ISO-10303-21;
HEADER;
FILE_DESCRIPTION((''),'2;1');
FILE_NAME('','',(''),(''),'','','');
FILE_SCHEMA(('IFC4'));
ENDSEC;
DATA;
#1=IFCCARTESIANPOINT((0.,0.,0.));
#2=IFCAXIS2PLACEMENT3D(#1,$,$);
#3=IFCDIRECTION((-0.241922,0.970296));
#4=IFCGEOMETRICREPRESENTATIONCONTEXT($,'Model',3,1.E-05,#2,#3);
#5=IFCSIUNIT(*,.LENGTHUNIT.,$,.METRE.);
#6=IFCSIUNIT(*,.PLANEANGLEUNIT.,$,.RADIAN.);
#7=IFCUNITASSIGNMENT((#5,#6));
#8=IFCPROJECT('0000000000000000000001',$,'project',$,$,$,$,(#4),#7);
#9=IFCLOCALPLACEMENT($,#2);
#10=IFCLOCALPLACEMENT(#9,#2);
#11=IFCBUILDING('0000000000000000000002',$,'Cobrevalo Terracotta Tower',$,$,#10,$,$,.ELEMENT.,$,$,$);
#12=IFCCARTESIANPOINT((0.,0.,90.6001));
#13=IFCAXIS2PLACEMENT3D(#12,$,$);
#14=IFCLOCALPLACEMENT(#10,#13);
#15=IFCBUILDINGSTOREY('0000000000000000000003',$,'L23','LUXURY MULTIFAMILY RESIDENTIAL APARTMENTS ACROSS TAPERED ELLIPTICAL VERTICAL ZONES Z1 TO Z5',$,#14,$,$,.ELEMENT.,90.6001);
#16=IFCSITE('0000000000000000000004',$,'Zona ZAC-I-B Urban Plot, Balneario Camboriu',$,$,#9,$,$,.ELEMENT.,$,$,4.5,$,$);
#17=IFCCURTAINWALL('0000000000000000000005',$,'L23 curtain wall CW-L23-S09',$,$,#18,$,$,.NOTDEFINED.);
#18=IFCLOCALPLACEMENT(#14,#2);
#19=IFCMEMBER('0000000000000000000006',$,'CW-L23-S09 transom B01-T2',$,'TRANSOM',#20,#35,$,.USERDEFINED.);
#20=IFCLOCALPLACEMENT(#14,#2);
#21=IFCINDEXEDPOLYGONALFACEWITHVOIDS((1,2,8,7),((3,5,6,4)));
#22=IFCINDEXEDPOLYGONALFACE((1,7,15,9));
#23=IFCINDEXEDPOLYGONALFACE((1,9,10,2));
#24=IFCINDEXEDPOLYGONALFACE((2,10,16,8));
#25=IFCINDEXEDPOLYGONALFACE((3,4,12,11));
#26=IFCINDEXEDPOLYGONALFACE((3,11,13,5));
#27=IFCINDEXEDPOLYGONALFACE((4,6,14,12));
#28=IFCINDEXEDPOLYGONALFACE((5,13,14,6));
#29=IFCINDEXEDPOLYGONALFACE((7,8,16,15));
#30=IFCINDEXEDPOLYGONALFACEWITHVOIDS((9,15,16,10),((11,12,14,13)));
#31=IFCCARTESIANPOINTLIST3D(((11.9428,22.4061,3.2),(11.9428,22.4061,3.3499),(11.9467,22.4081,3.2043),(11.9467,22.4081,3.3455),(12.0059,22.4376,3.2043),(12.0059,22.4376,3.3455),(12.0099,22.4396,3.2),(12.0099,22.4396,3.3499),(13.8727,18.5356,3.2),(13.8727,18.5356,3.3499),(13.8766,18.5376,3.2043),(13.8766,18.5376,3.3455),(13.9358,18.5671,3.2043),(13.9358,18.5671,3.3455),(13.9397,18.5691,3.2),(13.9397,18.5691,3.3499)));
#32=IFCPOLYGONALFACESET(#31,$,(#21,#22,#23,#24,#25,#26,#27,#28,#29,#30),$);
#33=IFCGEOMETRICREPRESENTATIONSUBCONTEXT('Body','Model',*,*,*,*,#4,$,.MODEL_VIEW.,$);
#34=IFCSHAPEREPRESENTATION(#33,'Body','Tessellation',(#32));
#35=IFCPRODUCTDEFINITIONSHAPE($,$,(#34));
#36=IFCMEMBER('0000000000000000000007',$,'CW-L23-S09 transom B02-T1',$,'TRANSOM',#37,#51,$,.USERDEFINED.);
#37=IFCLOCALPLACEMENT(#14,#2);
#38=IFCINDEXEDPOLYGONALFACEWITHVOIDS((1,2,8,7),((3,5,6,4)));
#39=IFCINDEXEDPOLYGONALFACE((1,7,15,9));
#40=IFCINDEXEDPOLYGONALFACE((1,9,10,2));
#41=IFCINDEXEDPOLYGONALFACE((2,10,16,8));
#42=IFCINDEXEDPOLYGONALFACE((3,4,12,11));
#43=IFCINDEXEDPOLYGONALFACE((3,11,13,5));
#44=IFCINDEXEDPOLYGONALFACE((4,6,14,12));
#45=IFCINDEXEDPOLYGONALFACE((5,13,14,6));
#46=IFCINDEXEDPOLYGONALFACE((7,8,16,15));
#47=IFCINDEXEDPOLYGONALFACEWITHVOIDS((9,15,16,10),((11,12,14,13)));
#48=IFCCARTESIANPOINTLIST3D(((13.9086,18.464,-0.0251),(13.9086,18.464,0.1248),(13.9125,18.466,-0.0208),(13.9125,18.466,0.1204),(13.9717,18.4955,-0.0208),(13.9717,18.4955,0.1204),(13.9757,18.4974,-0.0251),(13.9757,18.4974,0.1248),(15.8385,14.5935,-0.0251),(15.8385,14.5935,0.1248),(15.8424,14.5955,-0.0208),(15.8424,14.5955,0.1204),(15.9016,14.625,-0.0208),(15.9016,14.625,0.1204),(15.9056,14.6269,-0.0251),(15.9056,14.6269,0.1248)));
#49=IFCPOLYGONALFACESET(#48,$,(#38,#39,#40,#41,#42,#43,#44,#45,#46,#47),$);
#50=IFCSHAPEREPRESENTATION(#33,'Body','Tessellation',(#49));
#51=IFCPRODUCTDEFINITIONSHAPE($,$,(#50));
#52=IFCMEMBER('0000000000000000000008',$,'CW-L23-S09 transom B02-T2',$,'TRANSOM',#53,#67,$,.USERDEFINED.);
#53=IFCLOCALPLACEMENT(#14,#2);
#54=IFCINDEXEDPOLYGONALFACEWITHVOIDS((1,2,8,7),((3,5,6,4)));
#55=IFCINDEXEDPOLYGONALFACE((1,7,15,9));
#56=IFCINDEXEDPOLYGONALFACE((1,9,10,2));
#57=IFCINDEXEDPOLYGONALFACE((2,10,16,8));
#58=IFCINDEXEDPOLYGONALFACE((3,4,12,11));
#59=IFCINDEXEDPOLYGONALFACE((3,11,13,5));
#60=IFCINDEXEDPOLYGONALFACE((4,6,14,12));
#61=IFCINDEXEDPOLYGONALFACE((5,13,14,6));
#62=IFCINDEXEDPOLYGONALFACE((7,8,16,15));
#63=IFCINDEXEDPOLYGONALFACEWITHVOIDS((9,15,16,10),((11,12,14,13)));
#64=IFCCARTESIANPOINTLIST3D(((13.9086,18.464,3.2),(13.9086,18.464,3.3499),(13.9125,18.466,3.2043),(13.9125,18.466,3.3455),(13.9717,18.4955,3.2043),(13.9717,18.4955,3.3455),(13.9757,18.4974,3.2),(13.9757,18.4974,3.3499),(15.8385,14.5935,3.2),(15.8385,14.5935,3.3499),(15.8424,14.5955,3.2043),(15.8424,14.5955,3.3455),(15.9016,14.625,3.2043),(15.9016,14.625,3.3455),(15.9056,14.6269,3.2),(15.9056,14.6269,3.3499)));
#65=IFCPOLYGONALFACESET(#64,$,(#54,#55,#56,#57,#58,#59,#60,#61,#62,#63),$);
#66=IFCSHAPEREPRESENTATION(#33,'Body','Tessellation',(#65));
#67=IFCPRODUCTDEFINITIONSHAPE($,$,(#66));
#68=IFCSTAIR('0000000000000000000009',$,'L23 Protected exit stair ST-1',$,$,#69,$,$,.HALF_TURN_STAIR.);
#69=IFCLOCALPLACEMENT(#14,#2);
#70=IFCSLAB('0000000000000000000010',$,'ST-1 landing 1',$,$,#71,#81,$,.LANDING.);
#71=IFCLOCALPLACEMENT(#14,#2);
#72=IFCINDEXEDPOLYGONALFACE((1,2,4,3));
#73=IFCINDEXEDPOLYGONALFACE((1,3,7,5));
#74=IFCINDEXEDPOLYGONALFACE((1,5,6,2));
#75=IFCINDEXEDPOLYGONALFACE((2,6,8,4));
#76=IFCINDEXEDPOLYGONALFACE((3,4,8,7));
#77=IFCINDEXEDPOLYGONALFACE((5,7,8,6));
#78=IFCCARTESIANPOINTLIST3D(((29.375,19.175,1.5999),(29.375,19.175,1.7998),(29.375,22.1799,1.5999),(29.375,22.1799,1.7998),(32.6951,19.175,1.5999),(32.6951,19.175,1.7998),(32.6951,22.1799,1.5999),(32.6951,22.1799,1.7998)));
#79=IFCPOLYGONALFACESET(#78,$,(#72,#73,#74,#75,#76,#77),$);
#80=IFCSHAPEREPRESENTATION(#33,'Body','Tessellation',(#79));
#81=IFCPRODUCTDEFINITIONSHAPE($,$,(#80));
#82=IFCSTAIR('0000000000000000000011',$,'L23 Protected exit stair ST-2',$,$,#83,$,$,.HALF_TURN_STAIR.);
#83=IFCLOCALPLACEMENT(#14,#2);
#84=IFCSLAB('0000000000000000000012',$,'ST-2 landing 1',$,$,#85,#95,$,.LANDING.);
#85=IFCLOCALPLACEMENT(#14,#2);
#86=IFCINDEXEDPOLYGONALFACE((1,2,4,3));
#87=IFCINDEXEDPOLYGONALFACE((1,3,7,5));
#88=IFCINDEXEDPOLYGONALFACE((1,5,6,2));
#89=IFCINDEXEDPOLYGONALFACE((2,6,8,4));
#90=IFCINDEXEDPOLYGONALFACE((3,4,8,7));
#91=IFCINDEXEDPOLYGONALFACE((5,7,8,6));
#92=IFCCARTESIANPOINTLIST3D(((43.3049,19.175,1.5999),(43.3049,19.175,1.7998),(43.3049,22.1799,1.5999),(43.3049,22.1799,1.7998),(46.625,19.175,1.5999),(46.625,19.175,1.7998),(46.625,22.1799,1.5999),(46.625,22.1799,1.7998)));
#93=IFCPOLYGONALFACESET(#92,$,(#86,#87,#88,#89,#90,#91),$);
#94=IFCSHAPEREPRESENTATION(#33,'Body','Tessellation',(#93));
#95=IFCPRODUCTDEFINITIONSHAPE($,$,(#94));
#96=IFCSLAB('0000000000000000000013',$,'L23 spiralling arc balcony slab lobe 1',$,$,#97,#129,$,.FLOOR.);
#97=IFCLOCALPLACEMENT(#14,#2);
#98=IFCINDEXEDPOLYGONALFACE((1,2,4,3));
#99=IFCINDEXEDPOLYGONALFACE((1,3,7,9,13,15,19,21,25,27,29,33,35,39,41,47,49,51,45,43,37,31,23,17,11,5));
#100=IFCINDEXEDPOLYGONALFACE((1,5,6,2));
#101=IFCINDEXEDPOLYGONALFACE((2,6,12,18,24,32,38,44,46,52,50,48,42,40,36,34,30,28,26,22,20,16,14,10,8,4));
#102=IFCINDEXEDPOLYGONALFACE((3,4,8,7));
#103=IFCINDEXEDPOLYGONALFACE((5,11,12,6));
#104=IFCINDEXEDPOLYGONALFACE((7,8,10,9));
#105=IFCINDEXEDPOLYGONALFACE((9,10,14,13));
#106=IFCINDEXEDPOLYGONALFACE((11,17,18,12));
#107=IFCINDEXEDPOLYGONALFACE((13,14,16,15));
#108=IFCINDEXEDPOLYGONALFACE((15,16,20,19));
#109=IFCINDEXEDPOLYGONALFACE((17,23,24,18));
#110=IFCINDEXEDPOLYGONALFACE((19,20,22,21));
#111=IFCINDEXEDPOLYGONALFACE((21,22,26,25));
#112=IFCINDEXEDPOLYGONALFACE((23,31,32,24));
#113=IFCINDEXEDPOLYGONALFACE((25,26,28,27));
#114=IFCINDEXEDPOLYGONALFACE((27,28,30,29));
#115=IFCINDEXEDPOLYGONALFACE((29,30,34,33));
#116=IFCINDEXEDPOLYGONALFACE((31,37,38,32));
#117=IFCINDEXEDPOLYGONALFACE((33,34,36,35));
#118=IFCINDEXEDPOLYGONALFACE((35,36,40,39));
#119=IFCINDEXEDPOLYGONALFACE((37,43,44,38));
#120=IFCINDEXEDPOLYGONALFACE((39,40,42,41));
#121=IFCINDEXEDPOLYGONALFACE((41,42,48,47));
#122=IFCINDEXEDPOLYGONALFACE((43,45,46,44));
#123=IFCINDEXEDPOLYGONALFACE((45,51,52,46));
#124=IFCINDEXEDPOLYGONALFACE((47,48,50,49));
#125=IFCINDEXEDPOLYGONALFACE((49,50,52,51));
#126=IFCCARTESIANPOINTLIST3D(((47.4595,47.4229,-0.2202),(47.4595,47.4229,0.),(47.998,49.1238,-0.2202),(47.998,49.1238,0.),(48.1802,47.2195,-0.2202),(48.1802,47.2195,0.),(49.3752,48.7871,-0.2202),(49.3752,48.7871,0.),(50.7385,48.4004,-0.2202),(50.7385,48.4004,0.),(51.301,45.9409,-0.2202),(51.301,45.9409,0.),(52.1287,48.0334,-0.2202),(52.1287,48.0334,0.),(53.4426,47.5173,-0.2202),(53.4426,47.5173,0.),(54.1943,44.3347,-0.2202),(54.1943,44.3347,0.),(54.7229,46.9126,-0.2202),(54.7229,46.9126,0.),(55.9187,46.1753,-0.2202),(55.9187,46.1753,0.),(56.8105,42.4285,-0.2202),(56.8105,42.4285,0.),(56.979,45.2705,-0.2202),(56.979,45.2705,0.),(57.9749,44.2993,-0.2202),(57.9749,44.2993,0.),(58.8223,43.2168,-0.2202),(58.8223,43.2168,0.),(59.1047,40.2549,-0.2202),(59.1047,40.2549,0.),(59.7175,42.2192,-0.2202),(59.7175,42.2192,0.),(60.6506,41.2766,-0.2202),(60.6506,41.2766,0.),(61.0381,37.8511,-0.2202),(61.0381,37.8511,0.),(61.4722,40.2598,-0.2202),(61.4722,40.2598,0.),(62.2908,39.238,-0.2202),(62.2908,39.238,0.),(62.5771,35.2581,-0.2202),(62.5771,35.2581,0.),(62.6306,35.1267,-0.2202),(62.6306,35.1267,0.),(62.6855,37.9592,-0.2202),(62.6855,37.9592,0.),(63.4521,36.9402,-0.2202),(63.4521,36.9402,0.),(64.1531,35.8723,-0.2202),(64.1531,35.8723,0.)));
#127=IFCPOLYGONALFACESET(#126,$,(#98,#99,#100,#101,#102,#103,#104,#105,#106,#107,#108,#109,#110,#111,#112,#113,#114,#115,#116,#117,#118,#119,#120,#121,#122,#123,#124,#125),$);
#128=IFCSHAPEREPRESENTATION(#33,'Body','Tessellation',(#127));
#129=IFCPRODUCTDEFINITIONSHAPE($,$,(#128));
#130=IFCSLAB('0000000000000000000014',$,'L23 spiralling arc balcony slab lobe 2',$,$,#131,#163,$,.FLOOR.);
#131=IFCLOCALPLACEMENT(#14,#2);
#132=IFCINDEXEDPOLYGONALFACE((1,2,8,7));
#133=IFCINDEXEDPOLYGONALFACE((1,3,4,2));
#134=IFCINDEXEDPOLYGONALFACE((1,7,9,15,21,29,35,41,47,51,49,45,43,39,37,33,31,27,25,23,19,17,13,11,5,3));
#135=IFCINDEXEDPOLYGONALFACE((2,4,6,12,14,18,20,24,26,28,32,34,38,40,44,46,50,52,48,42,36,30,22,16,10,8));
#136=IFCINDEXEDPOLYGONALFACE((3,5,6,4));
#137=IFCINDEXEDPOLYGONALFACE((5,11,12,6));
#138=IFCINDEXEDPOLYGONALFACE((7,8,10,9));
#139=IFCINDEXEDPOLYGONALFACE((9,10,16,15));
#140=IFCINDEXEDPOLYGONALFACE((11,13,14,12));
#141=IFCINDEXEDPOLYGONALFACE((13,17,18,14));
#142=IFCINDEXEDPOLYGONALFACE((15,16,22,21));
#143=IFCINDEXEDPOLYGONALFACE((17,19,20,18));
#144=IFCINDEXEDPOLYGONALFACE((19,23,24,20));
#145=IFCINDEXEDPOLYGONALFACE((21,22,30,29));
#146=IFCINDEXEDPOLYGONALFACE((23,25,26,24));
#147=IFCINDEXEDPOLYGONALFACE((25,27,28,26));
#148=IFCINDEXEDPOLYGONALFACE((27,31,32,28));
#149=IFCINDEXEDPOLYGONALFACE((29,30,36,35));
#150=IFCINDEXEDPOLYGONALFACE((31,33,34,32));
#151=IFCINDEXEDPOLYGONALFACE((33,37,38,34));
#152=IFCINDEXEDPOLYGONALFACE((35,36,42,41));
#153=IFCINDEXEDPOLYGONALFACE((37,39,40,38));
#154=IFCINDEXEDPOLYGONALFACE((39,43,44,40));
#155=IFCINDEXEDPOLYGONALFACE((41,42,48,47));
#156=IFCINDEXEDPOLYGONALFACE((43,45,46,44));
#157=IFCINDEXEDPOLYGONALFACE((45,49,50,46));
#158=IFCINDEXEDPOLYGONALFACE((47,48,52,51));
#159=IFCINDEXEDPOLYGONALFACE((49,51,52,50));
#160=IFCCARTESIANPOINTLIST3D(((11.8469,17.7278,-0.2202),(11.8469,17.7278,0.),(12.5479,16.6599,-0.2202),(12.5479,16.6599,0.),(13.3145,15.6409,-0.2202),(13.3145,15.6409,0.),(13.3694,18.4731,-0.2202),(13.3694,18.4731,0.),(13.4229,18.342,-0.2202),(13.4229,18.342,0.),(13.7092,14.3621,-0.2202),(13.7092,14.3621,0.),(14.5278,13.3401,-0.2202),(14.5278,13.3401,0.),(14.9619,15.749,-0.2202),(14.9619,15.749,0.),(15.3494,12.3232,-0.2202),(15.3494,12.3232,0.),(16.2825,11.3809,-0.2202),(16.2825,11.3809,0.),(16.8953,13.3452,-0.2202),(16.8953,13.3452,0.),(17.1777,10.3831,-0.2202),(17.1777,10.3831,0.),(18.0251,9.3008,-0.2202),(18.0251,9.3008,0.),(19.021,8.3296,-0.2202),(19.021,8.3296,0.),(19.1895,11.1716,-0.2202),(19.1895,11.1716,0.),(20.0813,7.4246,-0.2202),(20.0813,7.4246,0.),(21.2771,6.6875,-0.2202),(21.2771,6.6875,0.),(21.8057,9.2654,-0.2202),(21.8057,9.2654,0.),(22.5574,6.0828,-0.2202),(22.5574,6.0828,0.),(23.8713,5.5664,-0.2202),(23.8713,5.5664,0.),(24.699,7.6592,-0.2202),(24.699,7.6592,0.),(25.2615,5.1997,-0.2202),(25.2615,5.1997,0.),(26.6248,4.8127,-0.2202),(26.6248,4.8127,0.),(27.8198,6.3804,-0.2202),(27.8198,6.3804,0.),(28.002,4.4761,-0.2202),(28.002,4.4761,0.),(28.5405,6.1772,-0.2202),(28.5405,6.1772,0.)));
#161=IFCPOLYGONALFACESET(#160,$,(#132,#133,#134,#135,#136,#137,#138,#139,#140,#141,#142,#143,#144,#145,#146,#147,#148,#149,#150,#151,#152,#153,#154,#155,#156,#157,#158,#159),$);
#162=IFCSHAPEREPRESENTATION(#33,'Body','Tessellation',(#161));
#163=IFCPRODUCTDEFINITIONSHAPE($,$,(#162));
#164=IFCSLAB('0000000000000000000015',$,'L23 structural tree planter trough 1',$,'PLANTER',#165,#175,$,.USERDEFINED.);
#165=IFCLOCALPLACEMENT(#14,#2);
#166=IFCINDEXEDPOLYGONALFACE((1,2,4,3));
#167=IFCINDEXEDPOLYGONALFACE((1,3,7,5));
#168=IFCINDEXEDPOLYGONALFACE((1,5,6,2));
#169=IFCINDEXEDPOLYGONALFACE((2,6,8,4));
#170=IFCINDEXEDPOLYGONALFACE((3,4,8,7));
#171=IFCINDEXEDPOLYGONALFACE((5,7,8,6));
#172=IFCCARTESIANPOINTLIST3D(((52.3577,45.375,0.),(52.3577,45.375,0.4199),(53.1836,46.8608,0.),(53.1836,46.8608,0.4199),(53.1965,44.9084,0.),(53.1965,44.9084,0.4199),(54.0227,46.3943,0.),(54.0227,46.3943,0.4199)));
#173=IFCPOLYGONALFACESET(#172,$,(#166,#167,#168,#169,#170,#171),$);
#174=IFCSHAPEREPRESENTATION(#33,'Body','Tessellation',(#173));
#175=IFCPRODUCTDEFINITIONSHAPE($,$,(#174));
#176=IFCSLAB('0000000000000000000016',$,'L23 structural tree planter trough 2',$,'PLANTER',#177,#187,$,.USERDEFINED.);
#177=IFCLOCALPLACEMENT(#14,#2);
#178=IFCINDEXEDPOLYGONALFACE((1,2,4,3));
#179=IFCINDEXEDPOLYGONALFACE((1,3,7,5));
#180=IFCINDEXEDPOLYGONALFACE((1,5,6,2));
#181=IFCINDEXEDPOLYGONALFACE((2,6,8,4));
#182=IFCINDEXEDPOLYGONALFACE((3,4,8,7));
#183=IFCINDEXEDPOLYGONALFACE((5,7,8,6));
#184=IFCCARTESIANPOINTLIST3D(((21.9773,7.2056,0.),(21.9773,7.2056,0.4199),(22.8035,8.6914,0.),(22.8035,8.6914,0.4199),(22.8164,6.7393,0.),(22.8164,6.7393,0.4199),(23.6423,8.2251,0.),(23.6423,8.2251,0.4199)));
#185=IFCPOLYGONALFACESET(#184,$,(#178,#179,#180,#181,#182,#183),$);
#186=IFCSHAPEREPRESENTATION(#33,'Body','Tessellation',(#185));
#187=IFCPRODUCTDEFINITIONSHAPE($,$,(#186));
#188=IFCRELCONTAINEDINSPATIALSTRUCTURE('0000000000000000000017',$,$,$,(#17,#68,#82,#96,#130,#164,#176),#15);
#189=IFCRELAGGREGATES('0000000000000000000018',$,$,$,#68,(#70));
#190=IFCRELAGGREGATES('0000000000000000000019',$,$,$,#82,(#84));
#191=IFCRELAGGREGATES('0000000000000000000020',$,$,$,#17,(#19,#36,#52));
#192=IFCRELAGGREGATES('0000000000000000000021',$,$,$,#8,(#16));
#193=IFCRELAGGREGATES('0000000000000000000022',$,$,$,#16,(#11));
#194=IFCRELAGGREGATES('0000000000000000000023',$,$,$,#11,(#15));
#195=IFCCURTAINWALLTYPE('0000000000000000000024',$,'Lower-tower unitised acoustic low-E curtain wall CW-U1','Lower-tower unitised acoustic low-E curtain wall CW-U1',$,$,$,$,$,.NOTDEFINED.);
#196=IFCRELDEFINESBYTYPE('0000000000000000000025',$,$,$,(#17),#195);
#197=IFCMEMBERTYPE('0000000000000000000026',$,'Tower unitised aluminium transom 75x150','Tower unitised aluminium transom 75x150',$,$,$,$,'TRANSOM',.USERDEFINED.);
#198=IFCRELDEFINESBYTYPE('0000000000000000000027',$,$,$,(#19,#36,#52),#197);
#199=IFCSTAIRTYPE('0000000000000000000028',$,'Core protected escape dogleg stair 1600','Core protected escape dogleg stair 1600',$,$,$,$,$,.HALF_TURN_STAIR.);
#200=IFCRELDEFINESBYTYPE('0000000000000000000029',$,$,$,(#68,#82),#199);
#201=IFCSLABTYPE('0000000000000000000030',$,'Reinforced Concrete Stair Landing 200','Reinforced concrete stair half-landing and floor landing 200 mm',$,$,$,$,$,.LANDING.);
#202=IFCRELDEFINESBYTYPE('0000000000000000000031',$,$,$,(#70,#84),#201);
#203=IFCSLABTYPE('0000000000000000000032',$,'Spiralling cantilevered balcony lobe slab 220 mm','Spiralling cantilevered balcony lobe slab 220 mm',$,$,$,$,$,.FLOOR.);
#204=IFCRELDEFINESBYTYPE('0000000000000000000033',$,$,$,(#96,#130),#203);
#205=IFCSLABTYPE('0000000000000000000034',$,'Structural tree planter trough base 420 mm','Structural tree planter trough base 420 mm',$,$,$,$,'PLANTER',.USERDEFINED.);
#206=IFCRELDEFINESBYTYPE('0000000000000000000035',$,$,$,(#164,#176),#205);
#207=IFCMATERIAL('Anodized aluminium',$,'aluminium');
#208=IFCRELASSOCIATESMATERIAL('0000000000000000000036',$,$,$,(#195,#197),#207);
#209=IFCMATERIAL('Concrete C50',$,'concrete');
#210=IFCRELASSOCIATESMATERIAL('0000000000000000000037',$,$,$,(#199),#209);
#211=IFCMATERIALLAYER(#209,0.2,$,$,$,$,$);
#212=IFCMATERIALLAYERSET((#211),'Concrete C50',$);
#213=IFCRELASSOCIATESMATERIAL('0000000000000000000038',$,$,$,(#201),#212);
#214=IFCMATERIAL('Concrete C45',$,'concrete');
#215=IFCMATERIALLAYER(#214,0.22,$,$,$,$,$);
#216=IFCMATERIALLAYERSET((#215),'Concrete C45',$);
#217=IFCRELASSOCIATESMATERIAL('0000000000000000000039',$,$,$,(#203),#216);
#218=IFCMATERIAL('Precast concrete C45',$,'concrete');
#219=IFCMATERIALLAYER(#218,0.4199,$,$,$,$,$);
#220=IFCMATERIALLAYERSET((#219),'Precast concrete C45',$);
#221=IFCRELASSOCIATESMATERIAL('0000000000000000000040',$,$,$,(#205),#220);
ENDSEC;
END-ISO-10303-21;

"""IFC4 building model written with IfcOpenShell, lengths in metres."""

from ifc_helpers import new_model, si_unit, direction, frame, origin, origin_2d, place, context, subcontext, project, spatial, polyline, hollow_rectangle, outline, extrude, source, transform, mapped, material, layer, layer_set, material_profile, profile_set, type_object, element, aggregate, save


model = new_model("IFC4")

# Units and contexts
model_context = context("Model", 3, precision=1e-05, world=origin(), true_north=direction((-0.241922, 0.970296)))
body_context = subcontext(model_context, "Body", "Model", "MODEL_VIEW")
ifc_project = project(units=[si_unit("LENGTHUNIT", "METRE"), si_unit("PLANEANGLEUNIT", "RADIAN")], contexts=[model_context])

# Site, building, storey
site_placement = place(None, origin())
site = spatial("IfcSite", under=ifc_project, at=site_placement, Name="Zona ZAC-I-B Urban Plot, Balneario Camboriu", CompositionType="ELEMENT", RefElevation=4.5)
building_placement = place(site_placement, origin())
building = spatial("IfcBuilding", under=site, at=building_placement, Name="Cobrevalo Terracotta Tower", CompositionType="ELEMENT")
storey_placement = place(building_placement, frame((0.0, 0.0, 90.6001)))
storey = spatial("IfcBuildingStorey", under=building, at=storey_placement, Name="L23", Description="LUXURY MULTIFAMILY RESIDENTIAL APARTMENTS ACROSS TAPERED ELLIPTICAL VERTICAL ZONES Z1 TO Z5", CompositionType="ELEMENT", Elevation=90.6001)

# Curtain wall, members
ifc_material_1 = material(Name="Anodized aluminium", Category="aluminium")
curtain_wall_type = type_object("IfcCurtainWallType", Name="Lower-tower unitised acoustic low-E curtain wall CW-U1", Description="Lower-tower unitised acoustic low-E curtain wall CW-U1", PredefinedType="NOTDEFINED", material=ifc_material_1)
curtain_wall_placement = place(storey_placement, origin())
curtain_wall = element("IfcCurtainWall", 1, at=curtain_wall_placement, inside=storey, type_object=curtain_wall_type, Name="L23 curtain wall CW-L23-S09", PredefinedType="NOTDEFINED")
ifc_material_profile_1 = material_profile(ifc_material_1, hollow_rectangle(XDim=0.075, YDim=0.1499, WallThickness=0.0044, at=origin_2d()), Name="CWT 75x150")
ifc_profile_set_1 = profile_set([ifc_material_profile_1], Name="Anodized aluminium")
member_type_1 = type_object("IfcMemberType", Name="Tower unitised aluminium transom 75x150", Description="Tower unitised aluminium transom 75x150", ElementType="TRANSOM", PredefinedType="USERDEFINED", material=ifc_profile_set_1)
shared_shape_1 = source(origin(), body_context, "Body", "SweptSolid", [
    extrude(hollow_rectangle(XDim=0.075, YDim=0.1499, WallThickness=0.0044, at=origin_2d()), origin(), (0.0, 0.0, 1.0), 4.325),
])
member_1_placement = place(storey_placement, frame((11.9763, 22.4229, 3.2749), z_axis=(0.44622, -0.894923, 0.0), x_axis=(0.894923, 0.44622, 0.0)))
member_1 = element("IfcMember", 2, at=member_1_placement, type_object=member_type_1, Name="CW-L23-S09 transom B01-T2", ObjectType="TRANSOM", PredefinedType="USERDEFINED", context=body_context, shape_type="MappedRepresentation", body=[
    mapped(shared_shape_1, transform((0.0, 0.0, 0.0), scale=1.0)),
])
member_2_placement = place(storey_placement, frame((13.9421, 18.4807, 0.0498), z_axis=(0.44622, -0.894923, 0.0), x_axis=(0.894923, 0.44622, 0.0)))
member_2 = element("IfcMember", 3, at=member_2_placement, type_object=member_type_1, Name="CW-L23-S09 transom B02-T1", ObjectType="TRANSOM", PredefinedType="USERDEFINED", context=body_context, shape_type="MappedRepresentation", body=[
    mapped(shared_shape_1, transform((0.0, 0.0, 0.0), scale=1.0)),
])
member_3_placement = place(storey_placement, frame((13.9421, 18.4807, 3.2749), z_axis=(0.44622, -0.894923, 0.0), x_axis=(0.894923, 0.44622, 0.0)))
member_3 = element("IfcMember", 4, at=member_3_placement, type_object=member_type_1, Name="CW-L23-S09 transom B02-T2", ObjectType="TRANSOM", PredefinedType="USERDEFINED", context=body_context, shape_type="MappedRepresentation", body=[
    mapped(shared_shape_1, transform((0.0, 0.0, 0.0), scale=1.0)),
])

# Stairs, slabs
ifc_material_2 = material(Name="Concrete C50", Category="concrete")
stair_type = type_object("IfcStairType", Name="Core protected escape dogleg stair 1600", Description="Core protected escape dogleg stair 1600", PredefinedType="HALF_TURN_STAIR", material=ifc_material_2)
stair_1_placement = place(storey_placement, origin())
stair_1 = element("IfcStair", 5, at=stair_1_placement, inside=storey, type_object=stair_type, Name="L23 Protected exit stair ST-1", PredefinedType="HALF_TURN_STAIR")
ifc_layer_1 = layer(ifc_material_2, 0.2)
ifc_layer_set_1 = layer_set([ifc_layer_1], Name="Concrete C50")
slab_type_1 = type_object("IfcSlabType", Name="Reinforced Concrete Stair Landing 200", Description="Reinforced concrete stair half-landing and floor landing 200 mm", PredefinedType="LANDING", material=ifc_layer_set_1)
slab_1_placement = place(storey_placement, frame((0.0, 0.0, 1.5999)))
slab_1 = element("IfcSlab", 6, at=slab_1_placement, type_object=slab_type_1, Name="ST-1 landing 1", PredefinedType="LANDING", context=body_context, shape_type="SweptSolid", body=[
    extrude(outline(polyline([(29.375, 22.1799), (29.375, 19.175), (32.6951, 19.175), (32.6951, 22.1799), (29.375, 22.1799)])), origin(), (0.0, 0.0, 1.0), 0.2),
])
aggregate(stair_1, [slab_1])
stair_2_placement = place(storey_placement, origin())
stair_2 = element("IfcStair", 7, at=stair_2_placement, inside=storey, type_object=stair_type, Name="L23 Protected exit stair ST-2", PredefinedType="HALF_TURN_STAIR")
slab_2_placement = place(storey_placement, frame((0.0, 0.0, 1.5999)))
slab_2 = element("IfcSlab", 8, at=slab_2_placement, type_object=slab_type_1, Name="ST-2 landing 1", PredefinedType="LANDING", context=body_context, shape_type="SweptSolid", body=[
    extrude(outline(polyline([(43.3049, 22.1799), (43.3049, 19.175), (46.625, 19.175), (46.625, 22.1799), (43.3049, 22.1799)])), origin(), (0.0, 0.0, 1.0), 0.2),
])
aggregate(stair_2, [slab_2])

# Slabs
ifc_material_3 = material(Name="Concrete C45", Category="concrete")
ifc_layer_2 = layer(ifc_material_3, 0.22)
ifc_layer_set_2 = layer_set([ifc_layer_2], Name="Concrete C45")
slab_type_2 = type_object("IfcSlabType", Name="Spiralling cantilevered balcony lobe slab 220 mm", Description="Spiralling cantilevered balcony lobe slab 220 mm", PredefinedType="FLOOR", material=ifc_layer_set_2)
slab_3_placement = place(storey_placement, frame((0.0, 0.0, -0.2202)))
element("IfcSlab", 9, at=slab_3_placement, inside=storey, type_object=slab_type_2, Name="L23 spiralling arc balcony slab lobe 1", PredefinedType="FLOOR", context=body_context, shape_type="SweptSolid", body=[
    extrude(outline(polyline([(64.1531, 35.8723), (63.4521, 36.9402), (62.6855, 37.9592), (62.2908, 39.238), (61.4722, 40.2598), (60.6506, 41.2766), (59.7175, 42.2192), (58.8223, 43.2168), (57.9749, 44.2993), (56.979, 45.2705), (55.9187, 46.1753), (54.7229, 46.9126), (53.4426, 47.5173), (52.1287, 48.0334), (50.7385, 48.4004), (49.3752, 48.7871), (47.998, 49.1238), (47.4595, 47.4229), (48.1802, 47.2195), (51.301, 45.9409), (54.1943, 44.3347), (56.8105, 42.4285), (59.1047, 40.2549), (61.0381, 37.8511), (62.5771, 35.2581), (62.6306, 35.1267), (64.1531, 35.8723)])), origin(), (0.0, 0.0, 1.0), 0.2202),
])
slab_4_placement = place(storey_placement, frame((0.0, 0.0, -0.2202)))
element("IfcSlab", 10, at=slab_4_placement, inside=storey, type_object=slab_type_2, Name="L23 spiralling arc balcony slab lobe 2", PredefinedType="FLOOR", context=body_context, shape_type="SweptSolid", body=[
    extrude(outline(polyline([(11.8469, 17.7278), (12.5479, 16.6599), (13.3145, 15.6409), (13.7092, 14.3621), (14.5278, 13.3401), (15.3494, 12.3232), (16.2825, 11.3809), (17.1777, 10.3831), (18.0251, 9.3008), (19.021, 8.3296), (20.0813, 7.4246), (21.2771, 6.6875), (22.5574, 6.0828), (23.8713, 5.5664), (25.2615, 5.1997), (26.6248, 4.8127), (28.002, 4.4761), (28.5405, 6.1772), (27.8198, 6.3804), (24.699, 7.6592), (21.8057, 9.2654), (19.1895, 11.1716), (16.8953, 13.3452), (14.9619, 15.749), (13.4229, 18.342), (13.3694, 18.4731), (11.8469, 17.7278)])), origin(), (0.0, 0.0, 1.0), 0.2202),
])
ifc_material_4 = material(Name="Precast concrete C45", Category="concrete")
ifc_layer_3 = layer(ifc_material_4, 0.4199)
ifc_layer_set_3 = layer_set([ifc_layer_3], Name="Precast concrete C45")
slab_type_3 = type_object("IfcSlabType", Name="Structural tree planter trough base 420 mm", Description="Structural tree planter trough base 420 mm", ElementType="PLANTER", PredefinedType="USERDEFINED", material=ifc_layer_set_3)
slab_5_placement = place(storey_placement, origin())
element("IfcSlab", 11, at=slab_5_placement, inside=storey, type_object=slab_type_3, Name="L23 structural tree planter trough 1", ObjectType="PLANTER", PredefinedType="USERDEFINED", context=body_context, shape_type="SweptSolid", body=[
    extrude(outline(polyline([(53.1965, 44.9084), (54.0227, 46.3943), (53.1836, 46.8608), (52.3577, 45.375), (53.1965, 44.9084)])), origin(), (0.0, 0.0, 1.0), 0.4199),
])
slab_6_placement = place(storey_placement, origin())
element("IfcSlab", 12, at=slab_6_placement, inside=storey, type_object=slab_type_3, Name="L23 structural tree planter trough 2", ObjectType="PLANTER", PredefinedType="USERDEFINED", context=body_context, shape_type="SweptSolid", body=[
    extrude(outline(polyline([(22.8035, 8.6914), (21.9773, 7.2056), (22.8164, 6.7393), (23.6423, 8.2251), (22.8035, 8.6914)])), origin(), (0.0, 0.0, 1.0), 0.4199),
])

aggregate(curtain_wall, [member_1, member_2, member_3])

save(model, "model.ifc")
